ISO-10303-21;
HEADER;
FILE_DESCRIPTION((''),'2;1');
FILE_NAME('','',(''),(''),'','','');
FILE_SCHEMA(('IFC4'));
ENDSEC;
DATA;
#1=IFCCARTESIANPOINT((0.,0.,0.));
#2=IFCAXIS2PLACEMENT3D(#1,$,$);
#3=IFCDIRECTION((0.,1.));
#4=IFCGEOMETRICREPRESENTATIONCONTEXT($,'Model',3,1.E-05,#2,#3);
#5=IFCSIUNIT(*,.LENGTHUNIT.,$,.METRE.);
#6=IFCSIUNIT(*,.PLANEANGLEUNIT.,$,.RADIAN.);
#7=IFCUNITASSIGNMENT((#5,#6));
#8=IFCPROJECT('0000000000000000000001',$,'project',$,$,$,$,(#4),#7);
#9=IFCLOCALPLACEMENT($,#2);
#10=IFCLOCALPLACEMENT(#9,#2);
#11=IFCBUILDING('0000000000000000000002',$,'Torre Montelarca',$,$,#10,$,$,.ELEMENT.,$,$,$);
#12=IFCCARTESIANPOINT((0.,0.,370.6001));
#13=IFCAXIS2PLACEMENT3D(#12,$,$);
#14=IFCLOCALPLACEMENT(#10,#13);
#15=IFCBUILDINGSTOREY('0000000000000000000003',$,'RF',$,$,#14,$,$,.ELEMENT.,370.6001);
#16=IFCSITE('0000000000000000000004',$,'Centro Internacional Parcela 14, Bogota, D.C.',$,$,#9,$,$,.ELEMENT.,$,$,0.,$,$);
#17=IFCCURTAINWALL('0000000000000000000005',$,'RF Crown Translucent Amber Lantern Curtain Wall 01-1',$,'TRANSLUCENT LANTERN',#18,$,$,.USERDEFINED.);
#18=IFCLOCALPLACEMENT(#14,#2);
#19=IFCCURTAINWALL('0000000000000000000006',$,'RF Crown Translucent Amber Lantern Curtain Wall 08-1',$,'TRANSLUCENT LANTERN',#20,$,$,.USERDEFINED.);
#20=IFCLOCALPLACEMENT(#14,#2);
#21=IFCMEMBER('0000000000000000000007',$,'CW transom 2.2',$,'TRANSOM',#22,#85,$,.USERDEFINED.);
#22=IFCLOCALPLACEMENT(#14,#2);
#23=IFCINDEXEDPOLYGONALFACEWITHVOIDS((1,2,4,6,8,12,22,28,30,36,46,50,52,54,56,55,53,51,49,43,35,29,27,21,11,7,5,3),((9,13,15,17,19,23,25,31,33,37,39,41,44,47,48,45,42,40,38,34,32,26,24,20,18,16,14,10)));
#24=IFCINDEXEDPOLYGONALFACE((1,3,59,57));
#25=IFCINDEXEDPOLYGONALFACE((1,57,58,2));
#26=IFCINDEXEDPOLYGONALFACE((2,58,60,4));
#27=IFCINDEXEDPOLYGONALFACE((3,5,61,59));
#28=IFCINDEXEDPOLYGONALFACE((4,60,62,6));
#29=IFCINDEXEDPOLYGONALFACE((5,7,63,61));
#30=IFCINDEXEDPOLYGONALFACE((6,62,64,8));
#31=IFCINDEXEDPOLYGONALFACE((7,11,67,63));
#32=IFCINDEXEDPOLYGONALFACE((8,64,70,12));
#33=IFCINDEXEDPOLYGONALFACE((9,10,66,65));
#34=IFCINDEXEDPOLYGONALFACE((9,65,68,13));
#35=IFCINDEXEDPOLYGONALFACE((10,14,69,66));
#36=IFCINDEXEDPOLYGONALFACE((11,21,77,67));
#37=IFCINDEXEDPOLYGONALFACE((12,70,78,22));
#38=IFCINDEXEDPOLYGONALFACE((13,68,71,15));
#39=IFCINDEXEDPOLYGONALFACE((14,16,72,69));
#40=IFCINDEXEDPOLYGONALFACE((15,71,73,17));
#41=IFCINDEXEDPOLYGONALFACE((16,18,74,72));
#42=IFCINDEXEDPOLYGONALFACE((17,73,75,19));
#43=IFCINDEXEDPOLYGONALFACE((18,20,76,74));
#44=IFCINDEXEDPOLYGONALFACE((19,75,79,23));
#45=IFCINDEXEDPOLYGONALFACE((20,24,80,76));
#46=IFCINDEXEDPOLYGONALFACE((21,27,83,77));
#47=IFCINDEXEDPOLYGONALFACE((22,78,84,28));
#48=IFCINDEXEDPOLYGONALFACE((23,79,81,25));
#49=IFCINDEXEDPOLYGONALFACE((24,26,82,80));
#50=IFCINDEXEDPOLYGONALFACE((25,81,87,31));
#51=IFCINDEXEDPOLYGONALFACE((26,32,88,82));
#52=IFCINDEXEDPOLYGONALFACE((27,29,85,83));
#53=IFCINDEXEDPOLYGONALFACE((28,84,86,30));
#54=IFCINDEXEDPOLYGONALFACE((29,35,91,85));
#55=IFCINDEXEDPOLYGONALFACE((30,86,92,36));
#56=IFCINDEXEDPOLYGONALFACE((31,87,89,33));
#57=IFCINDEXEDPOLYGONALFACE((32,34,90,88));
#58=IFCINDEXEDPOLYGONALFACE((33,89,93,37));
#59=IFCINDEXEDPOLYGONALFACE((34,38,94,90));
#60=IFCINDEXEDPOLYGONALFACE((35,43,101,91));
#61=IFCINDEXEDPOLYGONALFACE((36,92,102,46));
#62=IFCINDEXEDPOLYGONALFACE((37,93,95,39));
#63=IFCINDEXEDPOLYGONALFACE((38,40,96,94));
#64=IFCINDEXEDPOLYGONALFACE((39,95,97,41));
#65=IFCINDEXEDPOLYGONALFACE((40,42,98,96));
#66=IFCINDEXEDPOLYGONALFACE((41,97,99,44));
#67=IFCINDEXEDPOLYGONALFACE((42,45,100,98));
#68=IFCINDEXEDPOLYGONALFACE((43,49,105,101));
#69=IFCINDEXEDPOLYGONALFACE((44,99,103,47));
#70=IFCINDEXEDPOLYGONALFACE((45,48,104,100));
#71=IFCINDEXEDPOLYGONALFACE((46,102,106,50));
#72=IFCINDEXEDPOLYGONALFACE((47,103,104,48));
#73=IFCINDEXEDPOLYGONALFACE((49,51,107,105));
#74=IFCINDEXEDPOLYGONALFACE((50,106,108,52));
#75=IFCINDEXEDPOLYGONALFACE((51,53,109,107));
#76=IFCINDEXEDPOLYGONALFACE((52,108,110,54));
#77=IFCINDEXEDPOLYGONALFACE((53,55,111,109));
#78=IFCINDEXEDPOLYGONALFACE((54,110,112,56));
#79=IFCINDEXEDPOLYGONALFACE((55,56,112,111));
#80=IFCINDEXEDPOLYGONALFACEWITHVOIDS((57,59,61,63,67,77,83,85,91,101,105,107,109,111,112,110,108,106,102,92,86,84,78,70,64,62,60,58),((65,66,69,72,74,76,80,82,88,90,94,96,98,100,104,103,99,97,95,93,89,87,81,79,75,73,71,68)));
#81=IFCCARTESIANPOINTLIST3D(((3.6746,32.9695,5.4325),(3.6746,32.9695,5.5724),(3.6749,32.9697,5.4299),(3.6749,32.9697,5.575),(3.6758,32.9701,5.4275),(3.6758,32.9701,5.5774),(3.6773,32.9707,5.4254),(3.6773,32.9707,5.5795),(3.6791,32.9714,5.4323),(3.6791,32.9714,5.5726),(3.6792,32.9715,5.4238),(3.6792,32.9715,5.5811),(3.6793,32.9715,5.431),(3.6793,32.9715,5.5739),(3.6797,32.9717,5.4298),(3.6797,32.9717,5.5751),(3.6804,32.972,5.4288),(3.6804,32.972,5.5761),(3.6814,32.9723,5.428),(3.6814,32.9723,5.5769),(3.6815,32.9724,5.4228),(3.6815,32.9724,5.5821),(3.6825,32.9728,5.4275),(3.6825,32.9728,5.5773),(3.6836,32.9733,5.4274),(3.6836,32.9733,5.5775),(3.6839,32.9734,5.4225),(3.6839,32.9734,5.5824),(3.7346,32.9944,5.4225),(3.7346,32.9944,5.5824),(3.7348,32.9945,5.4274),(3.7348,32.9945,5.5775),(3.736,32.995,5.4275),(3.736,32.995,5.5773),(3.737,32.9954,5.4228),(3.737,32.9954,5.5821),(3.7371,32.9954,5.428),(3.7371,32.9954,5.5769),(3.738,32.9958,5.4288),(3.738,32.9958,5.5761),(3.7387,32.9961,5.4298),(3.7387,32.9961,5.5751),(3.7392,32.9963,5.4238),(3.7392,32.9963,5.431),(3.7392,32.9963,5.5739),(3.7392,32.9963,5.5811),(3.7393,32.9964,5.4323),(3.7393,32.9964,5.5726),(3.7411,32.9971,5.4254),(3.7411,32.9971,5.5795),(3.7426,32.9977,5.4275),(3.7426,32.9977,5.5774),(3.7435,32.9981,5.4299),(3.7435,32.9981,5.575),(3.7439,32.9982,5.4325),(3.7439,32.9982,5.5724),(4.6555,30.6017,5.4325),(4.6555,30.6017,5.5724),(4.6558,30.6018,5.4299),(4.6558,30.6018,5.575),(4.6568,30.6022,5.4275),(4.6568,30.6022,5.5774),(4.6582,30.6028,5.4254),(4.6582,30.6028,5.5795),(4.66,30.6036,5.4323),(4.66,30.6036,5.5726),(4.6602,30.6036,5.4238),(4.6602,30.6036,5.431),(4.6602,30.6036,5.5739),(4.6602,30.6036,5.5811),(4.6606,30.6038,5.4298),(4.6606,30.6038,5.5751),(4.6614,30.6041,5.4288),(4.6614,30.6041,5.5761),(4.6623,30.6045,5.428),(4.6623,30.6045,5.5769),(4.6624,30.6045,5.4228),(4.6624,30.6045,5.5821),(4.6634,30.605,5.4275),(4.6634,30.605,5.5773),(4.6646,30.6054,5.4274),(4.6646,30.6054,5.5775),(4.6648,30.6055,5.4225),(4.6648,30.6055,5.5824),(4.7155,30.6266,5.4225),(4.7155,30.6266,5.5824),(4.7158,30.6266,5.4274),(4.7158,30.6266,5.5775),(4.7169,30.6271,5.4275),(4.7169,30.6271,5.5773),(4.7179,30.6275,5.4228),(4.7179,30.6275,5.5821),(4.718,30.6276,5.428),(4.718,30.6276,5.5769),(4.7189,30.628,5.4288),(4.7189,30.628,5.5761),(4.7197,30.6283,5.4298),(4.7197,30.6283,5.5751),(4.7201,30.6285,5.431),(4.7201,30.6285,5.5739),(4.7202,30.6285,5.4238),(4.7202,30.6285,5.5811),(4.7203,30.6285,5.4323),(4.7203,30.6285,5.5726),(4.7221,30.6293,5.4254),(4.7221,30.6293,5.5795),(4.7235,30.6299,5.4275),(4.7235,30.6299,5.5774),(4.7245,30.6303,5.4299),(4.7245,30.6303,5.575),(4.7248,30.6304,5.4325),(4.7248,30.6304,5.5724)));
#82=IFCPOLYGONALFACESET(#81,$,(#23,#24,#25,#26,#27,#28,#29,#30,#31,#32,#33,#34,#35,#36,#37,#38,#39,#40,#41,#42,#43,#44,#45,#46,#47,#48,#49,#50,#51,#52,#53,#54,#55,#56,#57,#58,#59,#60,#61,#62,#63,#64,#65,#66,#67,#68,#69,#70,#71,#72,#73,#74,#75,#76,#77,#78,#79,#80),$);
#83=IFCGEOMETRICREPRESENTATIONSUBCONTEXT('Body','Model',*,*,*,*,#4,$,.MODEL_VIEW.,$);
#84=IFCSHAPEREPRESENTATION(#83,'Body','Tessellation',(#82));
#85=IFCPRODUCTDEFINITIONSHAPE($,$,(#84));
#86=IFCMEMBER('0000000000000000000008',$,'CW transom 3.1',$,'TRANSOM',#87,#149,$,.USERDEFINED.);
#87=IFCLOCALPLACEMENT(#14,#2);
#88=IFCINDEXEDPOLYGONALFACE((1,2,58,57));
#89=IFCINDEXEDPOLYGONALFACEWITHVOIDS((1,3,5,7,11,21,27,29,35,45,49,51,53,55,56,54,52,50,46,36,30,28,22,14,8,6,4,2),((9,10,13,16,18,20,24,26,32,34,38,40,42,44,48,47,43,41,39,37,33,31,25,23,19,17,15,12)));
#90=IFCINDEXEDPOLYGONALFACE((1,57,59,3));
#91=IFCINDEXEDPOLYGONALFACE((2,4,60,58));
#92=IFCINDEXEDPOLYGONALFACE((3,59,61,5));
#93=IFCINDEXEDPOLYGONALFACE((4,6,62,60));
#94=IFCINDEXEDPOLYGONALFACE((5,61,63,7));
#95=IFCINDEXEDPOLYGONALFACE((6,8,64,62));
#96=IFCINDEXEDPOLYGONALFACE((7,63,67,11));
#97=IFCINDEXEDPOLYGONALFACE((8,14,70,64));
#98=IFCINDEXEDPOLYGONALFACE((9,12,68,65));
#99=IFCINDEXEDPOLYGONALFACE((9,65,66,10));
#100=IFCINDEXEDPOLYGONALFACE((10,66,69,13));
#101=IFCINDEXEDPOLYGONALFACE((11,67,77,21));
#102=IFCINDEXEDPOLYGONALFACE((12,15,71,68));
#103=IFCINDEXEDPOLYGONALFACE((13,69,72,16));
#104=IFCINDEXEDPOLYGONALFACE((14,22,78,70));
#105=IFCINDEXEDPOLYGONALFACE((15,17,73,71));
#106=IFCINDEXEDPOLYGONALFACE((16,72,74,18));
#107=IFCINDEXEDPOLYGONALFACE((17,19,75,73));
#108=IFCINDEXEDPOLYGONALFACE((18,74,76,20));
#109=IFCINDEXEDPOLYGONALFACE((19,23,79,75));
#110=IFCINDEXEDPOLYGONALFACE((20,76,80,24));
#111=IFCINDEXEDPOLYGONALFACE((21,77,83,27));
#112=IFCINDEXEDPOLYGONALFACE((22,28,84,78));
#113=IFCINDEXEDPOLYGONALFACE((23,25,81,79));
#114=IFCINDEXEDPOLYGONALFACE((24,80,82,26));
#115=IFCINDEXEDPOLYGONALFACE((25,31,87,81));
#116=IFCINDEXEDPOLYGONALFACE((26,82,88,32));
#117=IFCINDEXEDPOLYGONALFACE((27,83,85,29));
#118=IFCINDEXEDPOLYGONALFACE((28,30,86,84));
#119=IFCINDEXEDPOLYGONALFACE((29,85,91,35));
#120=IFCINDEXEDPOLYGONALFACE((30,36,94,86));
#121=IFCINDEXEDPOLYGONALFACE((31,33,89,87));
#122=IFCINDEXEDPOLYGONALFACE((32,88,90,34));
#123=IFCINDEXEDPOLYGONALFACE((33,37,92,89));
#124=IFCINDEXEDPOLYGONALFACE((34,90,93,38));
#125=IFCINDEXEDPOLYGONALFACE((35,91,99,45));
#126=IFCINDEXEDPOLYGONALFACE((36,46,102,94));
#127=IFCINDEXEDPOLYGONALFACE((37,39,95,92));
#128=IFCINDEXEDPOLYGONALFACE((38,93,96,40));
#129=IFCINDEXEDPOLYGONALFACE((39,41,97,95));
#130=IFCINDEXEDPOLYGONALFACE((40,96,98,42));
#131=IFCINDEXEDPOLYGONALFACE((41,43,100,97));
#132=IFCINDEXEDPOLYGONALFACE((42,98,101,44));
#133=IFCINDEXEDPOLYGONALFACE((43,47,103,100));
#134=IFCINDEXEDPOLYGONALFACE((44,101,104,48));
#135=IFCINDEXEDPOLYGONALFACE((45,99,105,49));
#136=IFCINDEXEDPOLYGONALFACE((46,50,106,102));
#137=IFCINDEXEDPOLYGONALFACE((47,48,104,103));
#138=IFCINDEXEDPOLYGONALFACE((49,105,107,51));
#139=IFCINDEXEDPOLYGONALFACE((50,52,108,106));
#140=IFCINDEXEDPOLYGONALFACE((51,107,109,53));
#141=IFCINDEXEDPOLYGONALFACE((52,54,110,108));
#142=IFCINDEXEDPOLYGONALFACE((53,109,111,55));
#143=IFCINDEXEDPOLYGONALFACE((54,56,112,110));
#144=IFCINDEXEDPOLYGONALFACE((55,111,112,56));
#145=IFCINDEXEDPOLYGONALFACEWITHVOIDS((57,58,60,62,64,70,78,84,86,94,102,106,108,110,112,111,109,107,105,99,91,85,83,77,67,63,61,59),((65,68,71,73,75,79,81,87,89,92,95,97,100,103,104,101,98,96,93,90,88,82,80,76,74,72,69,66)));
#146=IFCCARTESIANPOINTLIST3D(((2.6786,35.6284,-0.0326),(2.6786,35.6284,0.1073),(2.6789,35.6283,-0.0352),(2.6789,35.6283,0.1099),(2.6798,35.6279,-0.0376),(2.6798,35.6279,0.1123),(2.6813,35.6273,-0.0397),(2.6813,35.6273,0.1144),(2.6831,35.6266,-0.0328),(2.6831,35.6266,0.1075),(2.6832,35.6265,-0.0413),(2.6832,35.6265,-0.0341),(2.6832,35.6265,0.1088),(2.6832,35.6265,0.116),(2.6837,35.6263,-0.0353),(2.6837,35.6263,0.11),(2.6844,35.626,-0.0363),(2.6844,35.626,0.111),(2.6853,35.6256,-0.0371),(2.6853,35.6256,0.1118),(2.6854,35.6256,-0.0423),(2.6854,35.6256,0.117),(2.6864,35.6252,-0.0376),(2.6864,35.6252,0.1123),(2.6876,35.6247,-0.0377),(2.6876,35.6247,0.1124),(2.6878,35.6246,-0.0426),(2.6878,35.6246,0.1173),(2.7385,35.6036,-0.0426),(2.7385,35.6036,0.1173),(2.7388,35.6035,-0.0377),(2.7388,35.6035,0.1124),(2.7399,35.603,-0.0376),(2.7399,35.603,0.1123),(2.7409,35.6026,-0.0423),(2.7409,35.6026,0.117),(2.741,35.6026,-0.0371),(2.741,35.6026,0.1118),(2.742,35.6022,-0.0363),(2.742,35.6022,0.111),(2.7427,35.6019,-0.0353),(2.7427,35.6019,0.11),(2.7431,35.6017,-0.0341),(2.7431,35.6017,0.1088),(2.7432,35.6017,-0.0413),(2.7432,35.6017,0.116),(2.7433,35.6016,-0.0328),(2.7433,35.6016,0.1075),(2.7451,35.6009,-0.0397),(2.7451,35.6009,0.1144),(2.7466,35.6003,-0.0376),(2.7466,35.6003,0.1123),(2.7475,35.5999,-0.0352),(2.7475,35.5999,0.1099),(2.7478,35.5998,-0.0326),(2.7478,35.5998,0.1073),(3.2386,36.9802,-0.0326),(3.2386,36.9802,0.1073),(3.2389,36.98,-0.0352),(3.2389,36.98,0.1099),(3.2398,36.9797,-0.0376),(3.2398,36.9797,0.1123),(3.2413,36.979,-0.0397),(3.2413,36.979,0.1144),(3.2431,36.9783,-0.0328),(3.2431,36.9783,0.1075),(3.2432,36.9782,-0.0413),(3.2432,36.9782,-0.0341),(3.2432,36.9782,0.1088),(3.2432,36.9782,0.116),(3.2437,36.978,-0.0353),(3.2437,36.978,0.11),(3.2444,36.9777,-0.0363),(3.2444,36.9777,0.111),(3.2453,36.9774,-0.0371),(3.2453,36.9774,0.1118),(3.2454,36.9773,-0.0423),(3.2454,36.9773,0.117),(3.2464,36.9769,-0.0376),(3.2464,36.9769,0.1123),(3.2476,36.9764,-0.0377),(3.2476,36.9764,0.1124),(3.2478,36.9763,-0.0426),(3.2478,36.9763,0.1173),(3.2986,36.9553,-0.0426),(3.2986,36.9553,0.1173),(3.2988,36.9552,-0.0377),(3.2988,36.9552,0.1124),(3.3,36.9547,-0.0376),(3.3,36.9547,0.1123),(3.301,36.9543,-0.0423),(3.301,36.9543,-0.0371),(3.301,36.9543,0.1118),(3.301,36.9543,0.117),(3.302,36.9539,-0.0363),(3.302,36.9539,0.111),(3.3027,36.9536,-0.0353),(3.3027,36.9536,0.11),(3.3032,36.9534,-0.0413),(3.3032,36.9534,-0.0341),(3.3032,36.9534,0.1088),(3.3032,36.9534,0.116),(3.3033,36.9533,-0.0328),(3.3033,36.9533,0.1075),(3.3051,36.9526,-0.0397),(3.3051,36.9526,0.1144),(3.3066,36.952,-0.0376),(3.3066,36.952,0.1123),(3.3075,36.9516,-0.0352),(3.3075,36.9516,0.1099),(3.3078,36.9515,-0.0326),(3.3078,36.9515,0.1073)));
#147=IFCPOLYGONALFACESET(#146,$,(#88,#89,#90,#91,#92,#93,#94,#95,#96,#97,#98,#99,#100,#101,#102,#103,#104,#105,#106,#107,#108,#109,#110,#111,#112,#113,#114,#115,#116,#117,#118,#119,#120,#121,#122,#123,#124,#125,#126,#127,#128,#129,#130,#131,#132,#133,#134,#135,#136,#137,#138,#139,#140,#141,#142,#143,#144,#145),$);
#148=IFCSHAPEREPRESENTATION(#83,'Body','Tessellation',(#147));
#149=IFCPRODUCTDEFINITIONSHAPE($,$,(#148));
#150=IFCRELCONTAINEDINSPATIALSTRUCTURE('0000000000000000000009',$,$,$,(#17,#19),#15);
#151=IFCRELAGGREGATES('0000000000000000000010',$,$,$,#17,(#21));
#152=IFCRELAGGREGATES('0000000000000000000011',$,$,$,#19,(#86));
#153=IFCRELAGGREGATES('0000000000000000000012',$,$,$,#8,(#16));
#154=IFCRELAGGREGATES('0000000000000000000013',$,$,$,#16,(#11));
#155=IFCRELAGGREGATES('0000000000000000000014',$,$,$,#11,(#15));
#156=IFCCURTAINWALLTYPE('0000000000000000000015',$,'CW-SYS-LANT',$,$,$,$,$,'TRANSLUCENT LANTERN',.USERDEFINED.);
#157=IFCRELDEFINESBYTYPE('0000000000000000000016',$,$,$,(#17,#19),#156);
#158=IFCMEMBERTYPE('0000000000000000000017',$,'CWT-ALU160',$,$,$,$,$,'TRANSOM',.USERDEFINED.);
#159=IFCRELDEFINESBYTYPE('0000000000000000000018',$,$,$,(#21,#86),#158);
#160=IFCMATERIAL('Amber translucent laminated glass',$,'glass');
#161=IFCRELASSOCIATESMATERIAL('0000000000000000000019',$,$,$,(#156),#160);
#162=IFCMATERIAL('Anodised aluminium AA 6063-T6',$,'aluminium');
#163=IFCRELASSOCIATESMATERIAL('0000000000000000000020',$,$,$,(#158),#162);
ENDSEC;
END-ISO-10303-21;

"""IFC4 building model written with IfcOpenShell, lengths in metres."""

from ifc_helpers import new_model, si_unit, direction, frame, origin, origin_2d, place, context, subcontext, project, spatial, hollow_rectangle, extrude, source, transform, mapped, material, material_profile, profile_set, type_object, element, aggregate, save


model = new_model("IFC4")

# Units and contexts
model_context = context("Model", 3, precision=1e-05, world=origin(), true_north=direction((0.0, 1.0)))
body_context = subcontext(model_context, "Body", "Model", "MODEL_VIEW")
ifc_project = project(units=[si_unit("LENGTHUNIT", "METRE"), si_unit("PLANEANGLEUNIT", "RADIAN")], contexts=[model_context])

# Site, building, storey
site_placement = place(None, origin())
site = spatial("IfcSite", under=ifc_project, at=site_placement, Name="Centro Internacional Parcela 14, Bogota, D.C.", CompositionType="ELEMENT", RefElevation=0.0)
building_placement = place(site_placement, origin())
building = spatial("IfcBuilding", under=site, at=building_placement, Name="Torre Montelarca", CompositionType="ELEMENT")
storey_placement = place(building_placement, frame((0.0, 0.0, 370.6001)))
storey = spatial("IfcBuildingStorey", under=building, at=storey_placement, Name="RF", CompositionType="ELEMENT", Elevation=370.6001)

# Curtain walls
ifc_material_1 = material(Name="Amber translucent laminated glass", Category="glass")
curtain_wall_type = type_object("IfcCurtainWallType", Name="CW-SYS-LANT", ElementType="TRANSLUCENT LANTERN", PredefinedType="USERDEFINED", material=ifc_material_1)
curtain_wall_1_placement = place(storey_placement, origin())
curtain_wall_1 = element("IfcCurtainWall", 1, at=curtain_wall_1_placement, inside=storey, type_object=curtain_wall_type, Name="RF Crown Translucent Amber Lantern Curtain Wall 01-1", ObjectType="TRANSLUCENT LANTERN", PredefinedType="USERDEFINED")
ifc_material_2 = material(Name="Anodised aluminium AA 6063-T6", Category="aluminium")
curtain_wall_2_placement = place(storey_placement, origin())
curtain_wall_2 = element("IfcCurtainWall", 2, at=curtain_wall_2_placement, inside=storey, type_object=curtain_wall_type, Name="RF Crown Translucent Amber Lantern Curtain Wall 08-1", ObjectType="TRANSLUCENT LANTERN", PredefinedType="USERDEFINED")

# Members
ifc_material_profile_1 = material_profile(ifc_material_2, hollow_rectangle(XDim=0.075, YDim=0.1599, WallThickness=0.0049, InnerFilletRadius=0.0049, OuterFilletRadius=0.01, at=origin_2d()), Name="ALU75X160X5", Category="aluminium")
ifc_profile_set_1 = profile_set([ifc_material_profile_1], Name="Anodised aluminium AA 6063-T6")
member_type_1 = type_object("IfcMemberType", Name="CWT-ALU160", ElementType="TRANSOM", PredefinedType="USERDEFINED", material=ifc_profile_set_1)
shared_shape_1 = source(origin(), body_context, "Body", "SweptSolid", [
    extrude(hollow_rectangle(XDim=0.075, YDim=0.1599, WallThickness=0.0049, InnerFilletRadius=0.0049, OuterFilletRadius=0.01, at=origin_2d()), origin(), (0.0, 0.0, 1.0), 2.563),
])
member_1_placement = place(storey_placement, frame((3.7092, 32.9839, 5.5024), z_axis=(0.382728, -0.923861, 0.0), x_axis=(0.923861, 0.382728, 0.0)))
member_1 = element("IfcMember", 3, at=member_1_placement, type_object=member_type_1, Name="CW transom 2.2", ObjectType="TRANSOM", PredefinedType="USERDEFINED", context=body_context, shape_type="MappedRepresentation", body=[
    mapped(shared_shape_1, transform((0.0, 0.0, 0.0), scale=1.0)),
])
shared_shape_2 = source(origin(), body_context, "Body", "SweptSolid", [
    extrude(hollow_rectangle(XDim=0.075, YDim=0.1599, WallThickness=0.0049, InnerFilletRadius=0.0049, OuterFilletRadius=0.01, at=origin_2d()), origin(), (0.0, 0.0, 1.0), 1.4631),
])
member_2_placement = place(storey_placement, frame((3.2732, 36.9658, 0.0374), z_axis=(-0.382755, -0.92385, 0.0), x_axis=(0.92385, -0.382755, 0.0)))
member_2 = element("IfcMember", 4, at=member_2_placement, type_object=member_type_1, Name="CW transom 3.1", ObjectType="TRANSOM", PredefinedType="USERDEFINED", context=body_context, shape_type="MappedRepresentation", body=[
    mapped(shared_shape_2, transform((0.0, 0.0, 0.0), scale=1.0)),
])

aggregate(curtain_wall_1, [member_1])
aggregate(curtain_wall_2, [member_2])

save(model, "model.ifc")
